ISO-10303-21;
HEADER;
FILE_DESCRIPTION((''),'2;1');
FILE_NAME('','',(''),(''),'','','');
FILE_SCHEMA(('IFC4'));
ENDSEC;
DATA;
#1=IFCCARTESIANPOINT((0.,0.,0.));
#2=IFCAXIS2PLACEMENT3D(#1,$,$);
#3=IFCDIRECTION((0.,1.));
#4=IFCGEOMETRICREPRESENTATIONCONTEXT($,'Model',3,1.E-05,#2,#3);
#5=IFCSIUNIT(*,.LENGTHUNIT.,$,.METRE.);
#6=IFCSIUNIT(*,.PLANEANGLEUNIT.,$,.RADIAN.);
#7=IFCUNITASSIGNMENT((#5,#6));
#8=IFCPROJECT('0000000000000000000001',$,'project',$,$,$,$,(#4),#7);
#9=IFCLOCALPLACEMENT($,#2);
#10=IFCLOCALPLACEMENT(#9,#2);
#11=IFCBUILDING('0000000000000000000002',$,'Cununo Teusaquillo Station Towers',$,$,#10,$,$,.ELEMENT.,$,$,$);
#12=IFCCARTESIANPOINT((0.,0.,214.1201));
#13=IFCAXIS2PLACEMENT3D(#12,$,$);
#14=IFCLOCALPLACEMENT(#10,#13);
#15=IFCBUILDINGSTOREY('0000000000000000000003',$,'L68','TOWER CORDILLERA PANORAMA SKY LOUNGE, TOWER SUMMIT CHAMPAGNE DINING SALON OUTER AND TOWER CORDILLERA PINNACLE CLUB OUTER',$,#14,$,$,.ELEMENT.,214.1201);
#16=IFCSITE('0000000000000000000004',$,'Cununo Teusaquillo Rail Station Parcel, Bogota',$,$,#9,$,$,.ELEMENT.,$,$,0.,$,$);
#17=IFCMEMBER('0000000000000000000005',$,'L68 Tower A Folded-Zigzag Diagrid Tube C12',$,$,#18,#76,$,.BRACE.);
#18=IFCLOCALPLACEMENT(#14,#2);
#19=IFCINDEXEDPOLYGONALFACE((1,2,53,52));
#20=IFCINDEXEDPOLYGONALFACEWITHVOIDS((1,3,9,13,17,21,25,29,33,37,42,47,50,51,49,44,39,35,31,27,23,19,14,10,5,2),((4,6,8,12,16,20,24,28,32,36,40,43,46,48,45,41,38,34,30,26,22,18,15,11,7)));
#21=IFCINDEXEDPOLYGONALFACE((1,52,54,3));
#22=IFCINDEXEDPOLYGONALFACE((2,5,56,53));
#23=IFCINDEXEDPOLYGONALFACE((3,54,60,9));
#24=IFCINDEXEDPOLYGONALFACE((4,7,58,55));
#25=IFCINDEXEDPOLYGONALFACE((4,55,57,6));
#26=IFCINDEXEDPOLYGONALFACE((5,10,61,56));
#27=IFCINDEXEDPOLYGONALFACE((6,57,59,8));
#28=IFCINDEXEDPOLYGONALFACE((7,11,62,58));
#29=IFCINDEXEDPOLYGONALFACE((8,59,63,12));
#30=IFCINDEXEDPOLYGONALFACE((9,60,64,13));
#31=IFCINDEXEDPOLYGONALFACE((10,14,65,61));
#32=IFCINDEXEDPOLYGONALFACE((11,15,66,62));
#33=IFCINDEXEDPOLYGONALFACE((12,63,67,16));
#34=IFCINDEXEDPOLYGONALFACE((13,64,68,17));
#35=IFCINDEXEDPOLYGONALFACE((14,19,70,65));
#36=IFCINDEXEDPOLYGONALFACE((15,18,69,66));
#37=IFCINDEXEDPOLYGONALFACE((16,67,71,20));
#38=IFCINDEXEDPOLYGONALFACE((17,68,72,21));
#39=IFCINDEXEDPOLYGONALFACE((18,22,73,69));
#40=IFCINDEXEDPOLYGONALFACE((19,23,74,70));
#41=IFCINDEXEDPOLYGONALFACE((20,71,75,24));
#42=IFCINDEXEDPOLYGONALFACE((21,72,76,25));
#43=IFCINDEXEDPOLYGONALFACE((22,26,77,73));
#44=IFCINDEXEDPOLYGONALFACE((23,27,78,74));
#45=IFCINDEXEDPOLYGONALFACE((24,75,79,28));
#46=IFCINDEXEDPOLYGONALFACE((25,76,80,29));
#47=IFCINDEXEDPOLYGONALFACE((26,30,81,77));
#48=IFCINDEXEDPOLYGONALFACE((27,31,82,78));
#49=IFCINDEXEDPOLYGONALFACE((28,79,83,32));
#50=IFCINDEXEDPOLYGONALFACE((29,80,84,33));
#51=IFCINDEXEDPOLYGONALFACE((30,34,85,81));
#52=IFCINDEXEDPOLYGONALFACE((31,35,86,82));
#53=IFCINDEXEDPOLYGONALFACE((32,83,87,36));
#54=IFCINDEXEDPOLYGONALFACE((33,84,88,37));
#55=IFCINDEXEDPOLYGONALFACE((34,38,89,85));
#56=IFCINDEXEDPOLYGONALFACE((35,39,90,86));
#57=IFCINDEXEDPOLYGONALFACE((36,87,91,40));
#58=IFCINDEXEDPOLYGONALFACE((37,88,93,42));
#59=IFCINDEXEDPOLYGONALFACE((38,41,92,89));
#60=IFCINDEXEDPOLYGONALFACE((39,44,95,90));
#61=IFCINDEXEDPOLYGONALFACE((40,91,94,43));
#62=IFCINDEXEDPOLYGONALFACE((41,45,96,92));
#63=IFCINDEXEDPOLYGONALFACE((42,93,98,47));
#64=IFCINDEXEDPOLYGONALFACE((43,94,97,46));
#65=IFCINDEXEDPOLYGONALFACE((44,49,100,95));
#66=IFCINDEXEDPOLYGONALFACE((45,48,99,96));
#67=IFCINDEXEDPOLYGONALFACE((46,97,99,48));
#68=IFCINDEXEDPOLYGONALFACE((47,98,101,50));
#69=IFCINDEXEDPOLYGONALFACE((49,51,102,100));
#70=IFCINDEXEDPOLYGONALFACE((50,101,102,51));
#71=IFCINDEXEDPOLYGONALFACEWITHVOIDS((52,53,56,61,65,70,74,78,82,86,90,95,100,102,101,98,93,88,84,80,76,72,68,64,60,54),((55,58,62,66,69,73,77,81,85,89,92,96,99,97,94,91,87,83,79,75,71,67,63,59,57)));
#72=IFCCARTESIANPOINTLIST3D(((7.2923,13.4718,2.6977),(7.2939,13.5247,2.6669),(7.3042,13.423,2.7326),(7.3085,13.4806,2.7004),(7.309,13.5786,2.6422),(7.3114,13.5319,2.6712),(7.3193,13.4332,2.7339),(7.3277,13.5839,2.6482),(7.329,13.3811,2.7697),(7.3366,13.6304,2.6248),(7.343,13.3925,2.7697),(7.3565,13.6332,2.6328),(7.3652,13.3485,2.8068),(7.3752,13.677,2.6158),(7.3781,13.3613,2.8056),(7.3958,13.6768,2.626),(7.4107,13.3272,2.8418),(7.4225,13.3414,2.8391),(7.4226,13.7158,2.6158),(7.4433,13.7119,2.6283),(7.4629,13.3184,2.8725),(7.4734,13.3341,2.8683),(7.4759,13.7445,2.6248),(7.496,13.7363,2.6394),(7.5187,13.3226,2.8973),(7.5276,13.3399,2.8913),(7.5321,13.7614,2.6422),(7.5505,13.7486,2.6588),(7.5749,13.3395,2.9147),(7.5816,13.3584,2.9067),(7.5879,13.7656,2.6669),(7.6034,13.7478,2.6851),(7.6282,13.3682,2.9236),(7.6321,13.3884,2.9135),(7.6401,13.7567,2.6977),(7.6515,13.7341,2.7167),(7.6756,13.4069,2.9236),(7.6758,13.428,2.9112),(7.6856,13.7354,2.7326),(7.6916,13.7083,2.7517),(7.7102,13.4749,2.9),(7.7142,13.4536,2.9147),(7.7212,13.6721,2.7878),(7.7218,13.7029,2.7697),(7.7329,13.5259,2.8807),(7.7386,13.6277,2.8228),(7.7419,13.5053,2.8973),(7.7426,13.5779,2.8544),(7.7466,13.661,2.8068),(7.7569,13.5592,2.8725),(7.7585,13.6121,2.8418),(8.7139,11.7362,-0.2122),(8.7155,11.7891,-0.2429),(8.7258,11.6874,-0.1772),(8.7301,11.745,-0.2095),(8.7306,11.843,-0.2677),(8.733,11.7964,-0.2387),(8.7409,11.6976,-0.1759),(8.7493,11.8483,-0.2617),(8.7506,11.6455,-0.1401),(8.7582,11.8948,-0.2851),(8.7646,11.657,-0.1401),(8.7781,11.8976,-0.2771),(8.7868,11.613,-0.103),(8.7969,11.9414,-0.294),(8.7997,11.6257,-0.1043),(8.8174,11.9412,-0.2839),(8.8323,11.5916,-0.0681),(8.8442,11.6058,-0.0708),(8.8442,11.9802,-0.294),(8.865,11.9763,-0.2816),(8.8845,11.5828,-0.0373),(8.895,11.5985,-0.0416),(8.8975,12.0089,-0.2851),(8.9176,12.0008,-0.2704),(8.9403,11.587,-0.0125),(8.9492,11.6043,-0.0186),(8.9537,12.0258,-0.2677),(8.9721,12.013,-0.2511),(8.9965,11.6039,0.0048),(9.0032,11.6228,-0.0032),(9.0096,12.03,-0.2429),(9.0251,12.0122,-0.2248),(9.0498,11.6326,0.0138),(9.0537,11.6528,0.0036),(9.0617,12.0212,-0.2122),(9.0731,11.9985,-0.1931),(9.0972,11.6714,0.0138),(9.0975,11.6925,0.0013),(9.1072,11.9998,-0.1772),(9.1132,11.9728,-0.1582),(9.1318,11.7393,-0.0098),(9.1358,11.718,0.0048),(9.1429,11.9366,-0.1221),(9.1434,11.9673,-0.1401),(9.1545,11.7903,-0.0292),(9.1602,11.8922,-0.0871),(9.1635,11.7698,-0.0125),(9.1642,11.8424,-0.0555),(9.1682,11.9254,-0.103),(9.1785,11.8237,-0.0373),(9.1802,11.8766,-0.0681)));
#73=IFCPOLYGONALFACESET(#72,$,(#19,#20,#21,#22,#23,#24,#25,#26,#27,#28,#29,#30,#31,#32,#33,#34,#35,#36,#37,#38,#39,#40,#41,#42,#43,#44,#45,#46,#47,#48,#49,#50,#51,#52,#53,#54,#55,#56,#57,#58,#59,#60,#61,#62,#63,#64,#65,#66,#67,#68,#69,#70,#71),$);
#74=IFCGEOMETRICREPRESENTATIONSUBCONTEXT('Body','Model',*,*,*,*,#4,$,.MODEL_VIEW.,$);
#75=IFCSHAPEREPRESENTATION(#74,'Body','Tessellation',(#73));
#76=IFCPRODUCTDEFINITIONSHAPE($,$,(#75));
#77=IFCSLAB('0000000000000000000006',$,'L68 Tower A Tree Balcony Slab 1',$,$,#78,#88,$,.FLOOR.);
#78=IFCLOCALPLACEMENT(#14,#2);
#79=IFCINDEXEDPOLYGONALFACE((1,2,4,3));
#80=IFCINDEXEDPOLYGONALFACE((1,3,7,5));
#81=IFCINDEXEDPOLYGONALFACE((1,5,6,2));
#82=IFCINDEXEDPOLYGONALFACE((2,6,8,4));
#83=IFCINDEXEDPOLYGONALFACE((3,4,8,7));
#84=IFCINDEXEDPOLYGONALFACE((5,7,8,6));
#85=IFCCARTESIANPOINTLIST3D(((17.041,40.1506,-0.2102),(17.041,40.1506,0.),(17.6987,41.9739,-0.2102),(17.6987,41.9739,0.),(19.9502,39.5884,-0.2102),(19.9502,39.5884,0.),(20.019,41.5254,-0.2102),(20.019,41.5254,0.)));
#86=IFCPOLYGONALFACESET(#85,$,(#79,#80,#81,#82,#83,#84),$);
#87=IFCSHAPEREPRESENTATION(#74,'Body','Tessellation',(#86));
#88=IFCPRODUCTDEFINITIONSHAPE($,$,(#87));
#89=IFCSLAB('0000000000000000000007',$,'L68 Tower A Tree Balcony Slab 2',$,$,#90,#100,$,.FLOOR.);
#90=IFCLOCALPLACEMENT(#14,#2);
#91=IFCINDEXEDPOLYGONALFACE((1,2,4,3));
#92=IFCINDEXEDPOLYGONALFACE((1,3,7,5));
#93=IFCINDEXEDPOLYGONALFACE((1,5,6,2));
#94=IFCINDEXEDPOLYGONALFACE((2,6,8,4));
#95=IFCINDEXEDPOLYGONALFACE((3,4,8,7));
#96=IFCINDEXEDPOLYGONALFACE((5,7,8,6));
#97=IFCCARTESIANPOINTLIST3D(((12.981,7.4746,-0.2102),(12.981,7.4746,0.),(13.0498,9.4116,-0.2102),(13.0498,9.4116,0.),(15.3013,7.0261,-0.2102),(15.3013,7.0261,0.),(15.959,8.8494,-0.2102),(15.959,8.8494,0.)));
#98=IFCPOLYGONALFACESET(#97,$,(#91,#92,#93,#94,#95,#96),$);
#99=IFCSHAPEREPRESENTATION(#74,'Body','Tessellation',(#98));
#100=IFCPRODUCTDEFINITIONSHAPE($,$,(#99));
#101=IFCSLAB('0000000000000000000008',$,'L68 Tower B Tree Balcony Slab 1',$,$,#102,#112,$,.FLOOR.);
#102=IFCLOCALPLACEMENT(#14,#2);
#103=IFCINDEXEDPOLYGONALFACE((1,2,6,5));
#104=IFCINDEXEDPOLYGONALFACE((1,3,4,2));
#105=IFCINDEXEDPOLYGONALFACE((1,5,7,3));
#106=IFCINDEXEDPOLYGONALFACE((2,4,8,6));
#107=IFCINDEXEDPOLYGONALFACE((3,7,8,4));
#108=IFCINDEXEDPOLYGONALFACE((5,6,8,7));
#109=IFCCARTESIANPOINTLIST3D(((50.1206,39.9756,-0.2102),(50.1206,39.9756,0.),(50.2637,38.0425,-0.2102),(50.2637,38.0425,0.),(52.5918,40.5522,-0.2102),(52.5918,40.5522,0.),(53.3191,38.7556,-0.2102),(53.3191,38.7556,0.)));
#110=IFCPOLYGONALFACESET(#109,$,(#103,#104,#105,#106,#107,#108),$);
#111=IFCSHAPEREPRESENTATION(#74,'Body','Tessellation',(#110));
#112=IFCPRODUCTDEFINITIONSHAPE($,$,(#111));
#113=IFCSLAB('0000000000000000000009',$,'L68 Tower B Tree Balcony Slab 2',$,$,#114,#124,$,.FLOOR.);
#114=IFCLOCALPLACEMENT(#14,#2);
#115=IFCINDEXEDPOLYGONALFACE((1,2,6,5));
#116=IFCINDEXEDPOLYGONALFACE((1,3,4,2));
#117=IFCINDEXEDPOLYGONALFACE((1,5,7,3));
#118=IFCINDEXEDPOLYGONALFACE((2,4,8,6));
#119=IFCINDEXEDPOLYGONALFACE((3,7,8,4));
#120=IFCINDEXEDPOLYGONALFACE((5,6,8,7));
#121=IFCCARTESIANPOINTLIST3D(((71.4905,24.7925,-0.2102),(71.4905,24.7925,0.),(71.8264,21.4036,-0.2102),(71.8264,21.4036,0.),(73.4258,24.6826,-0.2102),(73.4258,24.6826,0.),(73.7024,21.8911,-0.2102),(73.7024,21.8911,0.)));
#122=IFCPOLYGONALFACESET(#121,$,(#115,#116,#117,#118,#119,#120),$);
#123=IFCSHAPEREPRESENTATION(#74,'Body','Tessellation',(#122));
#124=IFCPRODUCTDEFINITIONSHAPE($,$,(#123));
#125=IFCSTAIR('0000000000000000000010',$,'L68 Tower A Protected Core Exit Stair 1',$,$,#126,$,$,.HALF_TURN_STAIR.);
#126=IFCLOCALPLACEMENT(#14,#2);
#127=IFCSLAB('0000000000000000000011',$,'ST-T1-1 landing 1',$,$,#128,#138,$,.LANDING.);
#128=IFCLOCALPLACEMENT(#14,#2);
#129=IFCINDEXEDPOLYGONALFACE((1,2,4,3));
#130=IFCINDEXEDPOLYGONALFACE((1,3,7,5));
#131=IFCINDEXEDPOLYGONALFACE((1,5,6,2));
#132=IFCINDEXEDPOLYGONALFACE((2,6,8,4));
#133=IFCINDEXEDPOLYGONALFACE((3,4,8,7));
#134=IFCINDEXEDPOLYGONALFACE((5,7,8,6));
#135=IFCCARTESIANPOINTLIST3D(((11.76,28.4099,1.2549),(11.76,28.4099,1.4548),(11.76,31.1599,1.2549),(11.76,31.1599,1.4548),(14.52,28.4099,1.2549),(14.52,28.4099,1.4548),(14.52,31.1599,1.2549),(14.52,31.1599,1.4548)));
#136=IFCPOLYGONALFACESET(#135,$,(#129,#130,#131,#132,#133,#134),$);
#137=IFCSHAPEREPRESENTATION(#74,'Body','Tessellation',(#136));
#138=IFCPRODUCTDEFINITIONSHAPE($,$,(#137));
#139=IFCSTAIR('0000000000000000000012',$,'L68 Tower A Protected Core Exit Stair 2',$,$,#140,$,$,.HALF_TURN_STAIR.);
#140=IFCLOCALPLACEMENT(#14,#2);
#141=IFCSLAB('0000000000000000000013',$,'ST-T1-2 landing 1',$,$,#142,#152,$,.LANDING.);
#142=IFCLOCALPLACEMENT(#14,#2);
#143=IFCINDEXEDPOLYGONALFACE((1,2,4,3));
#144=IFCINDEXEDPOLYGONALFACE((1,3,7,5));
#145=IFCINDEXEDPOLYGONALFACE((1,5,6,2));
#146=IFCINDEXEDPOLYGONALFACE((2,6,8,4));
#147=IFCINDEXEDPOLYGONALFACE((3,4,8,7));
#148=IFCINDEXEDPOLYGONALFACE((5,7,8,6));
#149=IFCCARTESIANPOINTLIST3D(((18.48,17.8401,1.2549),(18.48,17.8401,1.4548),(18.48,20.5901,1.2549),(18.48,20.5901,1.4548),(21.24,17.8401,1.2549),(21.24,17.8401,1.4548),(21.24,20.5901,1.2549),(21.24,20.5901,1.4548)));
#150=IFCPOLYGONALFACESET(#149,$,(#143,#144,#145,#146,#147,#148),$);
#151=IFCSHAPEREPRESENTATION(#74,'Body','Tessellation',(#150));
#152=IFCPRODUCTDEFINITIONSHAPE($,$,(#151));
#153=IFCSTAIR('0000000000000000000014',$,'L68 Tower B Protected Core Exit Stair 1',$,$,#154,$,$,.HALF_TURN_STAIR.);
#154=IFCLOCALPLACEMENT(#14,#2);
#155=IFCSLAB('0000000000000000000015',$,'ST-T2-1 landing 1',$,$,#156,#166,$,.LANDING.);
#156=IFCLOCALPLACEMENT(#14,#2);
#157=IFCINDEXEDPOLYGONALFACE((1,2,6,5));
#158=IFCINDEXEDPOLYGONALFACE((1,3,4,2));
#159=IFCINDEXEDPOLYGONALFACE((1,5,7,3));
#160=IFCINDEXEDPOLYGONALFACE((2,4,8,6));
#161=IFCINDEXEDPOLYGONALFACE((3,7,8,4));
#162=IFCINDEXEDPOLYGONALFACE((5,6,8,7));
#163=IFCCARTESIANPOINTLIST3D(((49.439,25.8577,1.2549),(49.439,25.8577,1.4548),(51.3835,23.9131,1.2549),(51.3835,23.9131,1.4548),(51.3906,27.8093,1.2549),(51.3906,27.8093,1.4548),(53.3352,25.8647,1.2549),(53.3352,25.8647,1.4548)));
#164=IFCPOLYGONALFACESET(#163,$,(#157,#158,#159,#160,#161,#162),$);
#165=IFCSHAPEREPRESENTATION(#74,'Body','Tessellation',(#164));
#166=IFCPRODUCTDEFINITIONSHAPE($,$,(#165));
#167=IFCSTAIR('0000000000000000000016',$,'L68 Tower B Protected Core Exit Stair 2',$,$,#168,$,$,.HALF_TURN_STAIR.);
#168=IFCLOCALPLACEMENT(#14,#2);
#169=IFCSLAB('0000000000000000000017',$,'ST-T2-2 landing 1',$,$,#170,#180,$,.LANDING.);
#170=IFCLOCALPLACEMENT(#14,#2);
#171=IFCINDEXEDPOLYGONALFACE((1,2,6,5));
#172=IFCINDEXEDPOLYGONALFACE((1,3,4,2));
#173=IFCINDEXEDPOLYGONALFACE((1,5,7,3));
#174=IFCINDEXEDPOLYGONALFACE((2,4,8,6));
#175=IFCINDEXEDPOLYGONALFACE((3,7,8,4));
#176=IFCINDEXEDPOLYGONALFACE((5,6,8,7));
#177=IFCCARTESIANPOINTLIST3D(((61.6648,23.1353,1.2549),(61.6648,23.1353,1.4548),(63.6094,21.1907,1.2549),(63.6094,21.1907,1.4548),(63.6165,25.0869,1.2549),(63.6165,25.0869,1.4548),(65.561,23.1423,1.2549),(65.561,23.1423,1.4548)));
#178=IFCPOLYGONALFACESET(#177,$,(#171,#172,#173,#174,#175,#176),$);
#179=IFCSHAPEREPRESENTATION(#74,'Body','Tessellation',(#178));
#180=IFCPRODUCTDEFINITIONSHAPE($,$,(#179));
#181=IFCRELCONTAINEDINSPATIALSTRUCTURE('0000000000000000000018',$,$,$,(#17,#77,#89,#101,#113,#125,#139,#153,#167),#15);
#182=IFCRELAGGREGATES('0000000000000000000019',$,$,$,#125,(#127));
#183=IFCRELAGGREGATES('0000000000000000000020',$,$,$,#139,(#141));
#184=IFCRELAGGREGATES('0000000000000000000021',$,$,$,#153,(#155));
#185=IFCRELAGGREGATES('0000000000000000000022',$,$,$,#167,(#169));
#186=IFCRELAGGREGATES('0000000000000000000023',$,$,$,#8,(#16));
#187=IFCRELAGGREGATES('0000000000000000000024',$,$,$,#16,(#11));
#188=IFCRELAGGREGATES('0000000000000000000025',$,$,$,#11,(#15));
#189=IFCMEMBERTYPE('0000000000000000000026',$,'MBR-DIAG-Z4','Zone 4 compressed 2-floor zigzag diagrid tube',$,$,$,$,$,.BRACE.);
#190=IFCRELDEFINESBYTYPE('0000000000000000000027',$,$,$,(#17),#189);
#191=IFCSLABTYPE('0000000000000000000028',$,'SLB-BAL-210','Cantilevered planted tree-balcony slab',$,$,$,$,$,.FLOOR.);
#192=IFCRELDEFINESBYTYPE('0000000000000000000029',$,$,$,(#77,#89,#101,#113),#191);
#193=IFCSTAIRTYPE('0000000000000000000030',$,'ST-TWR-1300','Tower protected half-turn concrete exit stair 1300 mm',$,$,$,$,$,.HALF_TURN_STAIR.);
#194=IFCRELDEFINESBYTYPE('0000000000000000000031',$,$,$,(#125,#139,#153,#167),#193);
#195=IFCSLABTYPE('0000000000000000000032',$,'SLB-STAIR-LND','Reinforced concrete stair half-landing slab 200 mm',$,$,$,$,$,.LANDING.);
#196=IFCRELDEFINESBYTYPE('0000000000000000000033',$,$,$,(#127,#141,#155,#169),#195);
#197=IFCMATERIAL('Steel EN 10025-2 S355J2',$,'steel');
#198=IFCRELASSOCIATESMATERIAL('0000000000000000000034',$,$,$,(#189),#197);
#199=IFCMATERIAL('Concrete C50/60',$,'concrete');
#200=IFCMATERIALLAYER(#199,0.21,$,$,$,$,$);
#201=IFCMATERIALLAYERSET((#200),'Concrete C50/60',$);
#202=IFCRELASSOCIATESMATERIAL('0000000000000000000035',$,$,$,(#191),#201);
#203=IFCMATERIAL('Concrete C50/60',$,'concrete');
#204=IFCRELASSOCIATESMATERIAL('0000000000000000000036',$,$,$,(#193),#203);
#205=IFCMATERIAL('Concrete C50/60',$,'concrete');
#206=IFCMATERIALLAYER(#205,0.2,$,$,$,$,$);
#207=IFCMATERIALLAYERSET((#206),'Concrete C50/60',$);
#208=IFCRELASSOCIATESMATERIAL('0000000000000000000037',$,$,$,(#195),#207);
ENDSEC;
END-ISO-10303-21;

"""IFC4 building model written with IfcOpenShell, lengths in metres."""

from ifc_helpers import new_model, si_unit, direction, frame, origin, origin_2d, place, context, subcontext, project, spatial, polyline, hollow_circle, outline, extrude, material, layer, layer_set, material_profile, profile_set, type_object, element, aggregate, save


model = new_model("IFC4")

# Units and contexts
model_context = context("Model", 3, precision=1e-05, world=origin(), true_north=direction((0.0, 1.0)))
body_context = subcontext(model_context, "Body", "Model", "MODEL_VIEW")
ifc_project = project(units=[si_unit("LENGTHUNIT", "METRE"), si_unit("PLANEANGLEUNIT", "RADIAN")], contexts=[model_context])

# Site, building, storey
site_placement = place(None, origin())
site = spatial("IfcSite", under=ifc_project, at=site_placement, Name="Cununo Teusaquillo Rail Station Parcel, Bogota", CompositionType="ELEMENT", RefElevation=0.0)
building_placement = place(site_placement, origin())
building = spatial("IfcBuilding", under=site, at=building_placement, Name="Cununo Teusaquillo Station Towers", CompositionType="ELEMENT")
storey_placement = place(building_placement, frame((0.0, 0.0, 214.1201)))
storey = spatial("IfcBuildingStorey", under=building, at=storey_placement, Name="L68", Description="TOWER CORDILLERA PANORAMA SKY LOUNGE, TOWER SUMMIT CHAMPAGNE DINING SALON OUTER AND TOWER CORDILLERA PINNACLE CLUB OUTER", CompositionType="ELEMENT", Elevation=214.1201)

# Member
ifc_material_1 = material(Name="Steel EN 10025-2 S355J2", Category="steel")
ifc_material_profile_1 = material_profile(ifc_material_1, hollow_circle(Radius=0.2539, WallThickness=0.0181, at=origin_2d()), Name="CHS 508x18")
ifc_profile_set_1 = profile_set([ifc_material_profile_1], Name="Steel EN 10025-2 S355J2")
member_type = type_object("IfcMemberType", Name="MBR-DIAG-Z4", Description="Zone 4 compressed 2-floor zigzag diagrid tube", PredefinedType="BRACE", material=ifc_profile_set_1)
member_placement = place(storey_placement, frame((8.947, 11.8064, -0.1401), z_axis=(-0.386906, 0.472353, 0.791951), x_axis=(-0.773608, -0.633664, 0.0)))
element("IfcMember", 1, at=member_placement, inside=storey, type_object=member_type, Name="L68 Tower A Folded-Zigzag Diagrid Tube C12", PredefinedType="BRACE", context=body_context, shape_type="SweptSolid", body=[
    extrude(hollow_circle(Radius=0.2539, WallThickness=0.0181, at=origin_2d()), origin(), (0.0, 0.0, 1.0), 3.6743),
])

# Slabs
ifc_material_2 = material(Name="Concrete C50/60", Category="concrete")
ifc_layer_1 = layer(ifc_material_2, 0.21)
ifc_layer_set_1 = layer_set([ifc_layer_1], Name="Concrete C50/60")
slab_type_1 = type_object("IfcSlabType", Name="SLB-BAL-210", Description="Cantilevered planted tree-balcony slab", PredefinedType="FLOOR", material=ifc_layer_set_1)
slab_1_placement = place(storey_placement, frame((0.0, 0.0, -0.2102)))
element("IfcSlab", 2, at=slab_1_placement, inside=storey, type_object=slab_type_1, Name="L68 Tower A Tree Balcony Slab 1", PredefinedType="FLOOR", context=body_context, shape_type="SweptSolid", body=[
    extrude(outline(polyline([(19.9502, 39.5884), (17.041, 40.1506), (17.6987, 41.9739), (20.019, 41.5254), (19.9502, 39.5884)])), origin(), (0.0, 0.0, 1.0), 0.2102),
])
slab_2_placement = place(storey_placement, frame((0.0, 0.0, -0.2102)))
element("IfcSlab", 3, at=slab_2_placement, inside=storey, type_object=slab_type_1, Name="L68 Tower A Tree Balcony Slab 2", PredefinedType="FLOOR", context=body_context, shape_type="SweptSolid", body=[
    extrude(outline(polyline([(13.0498, 9.4116), (15.959, 8.8494), (15.3013, 7.0261), (12.981, 7.4746), (13.0498, 9.4116)])), origin(), (0.0, 0.0, 1.0), 0.2102),
])
slab_3_placement = place(storey_placement, frame((0.0, 0.0, -0.2102)))
element("IfcSlab", 4, at=slab_3_placement, inside=storey, type_object=slab_type_1, Name="L68 Tower B Tree Balcony Slab 1", PredefinedType="FLOOR", context=body_context, shape_type="SweptSolid", body=[
    extrude(outline(polyline([(53.3191, 38.7556), (50.2637, 38.0425), (50.1206, 39.9756), (52.5918, 40.5522), (53.3191, 38.7556)])), origin(), (0.0, 0.0, 1.0), 0.2102),
])
slab_4_placement = place(storey_placement, frame((0.0, 0.0, -0.2102)))
element("IfcSlab", 5, at=slab_4_placement, inside=storey, type_object=slab_type_1, Name="L68 Tower B Tree Balcony Slab 2", PredefinedType="FLOOR", context=body_context, shape_type="SweptSolid", body=[
    extrude(outline(polyline([(71.8264, 21.4036), (71.4905, 24.7925), (73.4258, 24.6826), (73.7024, 21.8911), (71.8264, 21.4036)])), origin(), (0.0, 0.0, 1.0), 0.2102),
])

# Stairs, slabs
ifc_material_3 = material(Name="Concrete C50/60", Category="concrete")
stair_type = type_object("IfcStairType", Name="ST-TWR-1300", Description="Tower protected half-turn concrete exit stair 1300 mm", PredefinedType="HALF_TURN_STAIR", material=ifc_material_3)
stair_1_placement = place(storey_placement, origin())
stair_1 = element("IfcStair", 6, at=stair_1_placement, inside=storey, type_object=stair_type, Name="L68 Tower A Protected Core Exit Stair 1", PredefinedType="HALF_TURN_STAIR")
ifc_material_4 = material(Name="Concrete C50/60", Category="concrete")
ifc_layer_2 = layer(ifc_material_4, 0.2)
ifc_layer_set_2 = layer_set([ifc_layer_2], Name="Concrete C50/60")
slab_type_2 = type_object("IfcSlabType", Name="SLB-STAIR-LND", Description="Reinforced concrete stair half-landing slab 200 mm", PredefinedType="LANDING", material=ifc_layer_set_2)
slab_5_placement = place(storey_placement, frame((0.0, 0.0, 1.2549)))
slab_5 = element("IfcSlab", 7, at=slab_5_placement, type_object=slab_type_2, Name="ST-T1-1 landing 1", PredefinedType="LANDING", context=body_context, shape_type="SweptSolid", body=[
    extrude(outline(polyline([(14.52, 28.4099), (14.52, 31.1599), (11.76, 31.1599), (11.76, 28.4099), (14.52, 28.4099)])), origin(), (0.0, 0.0, 1.0), 0.2),
])
aggregate(stair_1, [slab_5])
stair_2_placement = place(storey_placement, origin())
stair_2 = element("IfcStair", 8, at=stair_2_placement, inside=storey, type_object=stair_type, Name="L68 Tower A Protected Core Exit Stair 2", PredefinedType="HALF_TURN_STAIR")
slab_6_placement = place(storey_placement, frame((0.0, 0.0, 1.2549)))
slab_6 = element("IfcSlab", 9, at=slab_6_placement, type_object=slab_type_2, Name="ST-T1-2 landing 1", PredefinedType="LANDING", context=body_context, shape_type="SweptSolid", body=[
    extrude(outline(polyline([(18.48, 20.5901), (18.48, 17.8401), (21.24, 17.8401), (21.24, 20.5901), (18.48, 20.5901)])), origin(), (0.0, 0.0, 1.0), 0.2),
])
aggregate(stair_2, [slab_6])
stair_3_placement = place(storey_placement, origin())
stair_3 = element("IfcStair", 10, at=stair_3_placement, inside=storey, type_object=stair_type, Name="L68 Tower B Protected Core Exit Stair 1", PredefinedType="HALF_TURN_STAIR")
slab_7_placement = place(storey_placement, frame((0.0, 0.0, 1.2549)))
slab_7 = element("IfcSlab", 11, at=slab_7_placement, type_object=slab_type_2, Name="ST-T2-1 landing 1", PredefinedType="LANDING", context=body_context, shape_type="SweptSolid", body=[
    extrude(outline(polyline([(53.3352, 25.8647), (51.3906, 27.8093), (49.439, 25.8577), (51.3835, 23.9131), (53.3352, 25.8647)])), origin(), (0.0, 0.0, 1.0), 0.2),
])
aggregate(stair_3, [slab_7])
stair_4_placement = place(storey_placement, origin())
stair_4 = element("IfcStair", 12, at=stair_4_placement, inside=storey, type_object=stair_type, Name="L68 Tower B Protected Core Exit Stair 2", PredefinedType="HALF_TURN_STAIR")
slab_8_placement = place(storey_placement, frame((0.0, 0.0, 1.2549)))
slab_8 = element("IfcSlab", 13, at=slab_8_placement, type_object=slab_type_2, Name="ST-T2-2 landing 1", PredefinedType="LANDING", context=body_context, shape_type="SweptSolid", body=[
    extrude(outline(polyline([(61.6648, 23.1353), (63.6094, 21.1907), (65.561, 23.1423), (63.6165, 25.0869), (61.6648, 23.1353)])), origin(), (0.0, 0.0, 1.0), 0.2),
])
aggregate(stair_4, [slab_8])

save(model, "model.ifc")
